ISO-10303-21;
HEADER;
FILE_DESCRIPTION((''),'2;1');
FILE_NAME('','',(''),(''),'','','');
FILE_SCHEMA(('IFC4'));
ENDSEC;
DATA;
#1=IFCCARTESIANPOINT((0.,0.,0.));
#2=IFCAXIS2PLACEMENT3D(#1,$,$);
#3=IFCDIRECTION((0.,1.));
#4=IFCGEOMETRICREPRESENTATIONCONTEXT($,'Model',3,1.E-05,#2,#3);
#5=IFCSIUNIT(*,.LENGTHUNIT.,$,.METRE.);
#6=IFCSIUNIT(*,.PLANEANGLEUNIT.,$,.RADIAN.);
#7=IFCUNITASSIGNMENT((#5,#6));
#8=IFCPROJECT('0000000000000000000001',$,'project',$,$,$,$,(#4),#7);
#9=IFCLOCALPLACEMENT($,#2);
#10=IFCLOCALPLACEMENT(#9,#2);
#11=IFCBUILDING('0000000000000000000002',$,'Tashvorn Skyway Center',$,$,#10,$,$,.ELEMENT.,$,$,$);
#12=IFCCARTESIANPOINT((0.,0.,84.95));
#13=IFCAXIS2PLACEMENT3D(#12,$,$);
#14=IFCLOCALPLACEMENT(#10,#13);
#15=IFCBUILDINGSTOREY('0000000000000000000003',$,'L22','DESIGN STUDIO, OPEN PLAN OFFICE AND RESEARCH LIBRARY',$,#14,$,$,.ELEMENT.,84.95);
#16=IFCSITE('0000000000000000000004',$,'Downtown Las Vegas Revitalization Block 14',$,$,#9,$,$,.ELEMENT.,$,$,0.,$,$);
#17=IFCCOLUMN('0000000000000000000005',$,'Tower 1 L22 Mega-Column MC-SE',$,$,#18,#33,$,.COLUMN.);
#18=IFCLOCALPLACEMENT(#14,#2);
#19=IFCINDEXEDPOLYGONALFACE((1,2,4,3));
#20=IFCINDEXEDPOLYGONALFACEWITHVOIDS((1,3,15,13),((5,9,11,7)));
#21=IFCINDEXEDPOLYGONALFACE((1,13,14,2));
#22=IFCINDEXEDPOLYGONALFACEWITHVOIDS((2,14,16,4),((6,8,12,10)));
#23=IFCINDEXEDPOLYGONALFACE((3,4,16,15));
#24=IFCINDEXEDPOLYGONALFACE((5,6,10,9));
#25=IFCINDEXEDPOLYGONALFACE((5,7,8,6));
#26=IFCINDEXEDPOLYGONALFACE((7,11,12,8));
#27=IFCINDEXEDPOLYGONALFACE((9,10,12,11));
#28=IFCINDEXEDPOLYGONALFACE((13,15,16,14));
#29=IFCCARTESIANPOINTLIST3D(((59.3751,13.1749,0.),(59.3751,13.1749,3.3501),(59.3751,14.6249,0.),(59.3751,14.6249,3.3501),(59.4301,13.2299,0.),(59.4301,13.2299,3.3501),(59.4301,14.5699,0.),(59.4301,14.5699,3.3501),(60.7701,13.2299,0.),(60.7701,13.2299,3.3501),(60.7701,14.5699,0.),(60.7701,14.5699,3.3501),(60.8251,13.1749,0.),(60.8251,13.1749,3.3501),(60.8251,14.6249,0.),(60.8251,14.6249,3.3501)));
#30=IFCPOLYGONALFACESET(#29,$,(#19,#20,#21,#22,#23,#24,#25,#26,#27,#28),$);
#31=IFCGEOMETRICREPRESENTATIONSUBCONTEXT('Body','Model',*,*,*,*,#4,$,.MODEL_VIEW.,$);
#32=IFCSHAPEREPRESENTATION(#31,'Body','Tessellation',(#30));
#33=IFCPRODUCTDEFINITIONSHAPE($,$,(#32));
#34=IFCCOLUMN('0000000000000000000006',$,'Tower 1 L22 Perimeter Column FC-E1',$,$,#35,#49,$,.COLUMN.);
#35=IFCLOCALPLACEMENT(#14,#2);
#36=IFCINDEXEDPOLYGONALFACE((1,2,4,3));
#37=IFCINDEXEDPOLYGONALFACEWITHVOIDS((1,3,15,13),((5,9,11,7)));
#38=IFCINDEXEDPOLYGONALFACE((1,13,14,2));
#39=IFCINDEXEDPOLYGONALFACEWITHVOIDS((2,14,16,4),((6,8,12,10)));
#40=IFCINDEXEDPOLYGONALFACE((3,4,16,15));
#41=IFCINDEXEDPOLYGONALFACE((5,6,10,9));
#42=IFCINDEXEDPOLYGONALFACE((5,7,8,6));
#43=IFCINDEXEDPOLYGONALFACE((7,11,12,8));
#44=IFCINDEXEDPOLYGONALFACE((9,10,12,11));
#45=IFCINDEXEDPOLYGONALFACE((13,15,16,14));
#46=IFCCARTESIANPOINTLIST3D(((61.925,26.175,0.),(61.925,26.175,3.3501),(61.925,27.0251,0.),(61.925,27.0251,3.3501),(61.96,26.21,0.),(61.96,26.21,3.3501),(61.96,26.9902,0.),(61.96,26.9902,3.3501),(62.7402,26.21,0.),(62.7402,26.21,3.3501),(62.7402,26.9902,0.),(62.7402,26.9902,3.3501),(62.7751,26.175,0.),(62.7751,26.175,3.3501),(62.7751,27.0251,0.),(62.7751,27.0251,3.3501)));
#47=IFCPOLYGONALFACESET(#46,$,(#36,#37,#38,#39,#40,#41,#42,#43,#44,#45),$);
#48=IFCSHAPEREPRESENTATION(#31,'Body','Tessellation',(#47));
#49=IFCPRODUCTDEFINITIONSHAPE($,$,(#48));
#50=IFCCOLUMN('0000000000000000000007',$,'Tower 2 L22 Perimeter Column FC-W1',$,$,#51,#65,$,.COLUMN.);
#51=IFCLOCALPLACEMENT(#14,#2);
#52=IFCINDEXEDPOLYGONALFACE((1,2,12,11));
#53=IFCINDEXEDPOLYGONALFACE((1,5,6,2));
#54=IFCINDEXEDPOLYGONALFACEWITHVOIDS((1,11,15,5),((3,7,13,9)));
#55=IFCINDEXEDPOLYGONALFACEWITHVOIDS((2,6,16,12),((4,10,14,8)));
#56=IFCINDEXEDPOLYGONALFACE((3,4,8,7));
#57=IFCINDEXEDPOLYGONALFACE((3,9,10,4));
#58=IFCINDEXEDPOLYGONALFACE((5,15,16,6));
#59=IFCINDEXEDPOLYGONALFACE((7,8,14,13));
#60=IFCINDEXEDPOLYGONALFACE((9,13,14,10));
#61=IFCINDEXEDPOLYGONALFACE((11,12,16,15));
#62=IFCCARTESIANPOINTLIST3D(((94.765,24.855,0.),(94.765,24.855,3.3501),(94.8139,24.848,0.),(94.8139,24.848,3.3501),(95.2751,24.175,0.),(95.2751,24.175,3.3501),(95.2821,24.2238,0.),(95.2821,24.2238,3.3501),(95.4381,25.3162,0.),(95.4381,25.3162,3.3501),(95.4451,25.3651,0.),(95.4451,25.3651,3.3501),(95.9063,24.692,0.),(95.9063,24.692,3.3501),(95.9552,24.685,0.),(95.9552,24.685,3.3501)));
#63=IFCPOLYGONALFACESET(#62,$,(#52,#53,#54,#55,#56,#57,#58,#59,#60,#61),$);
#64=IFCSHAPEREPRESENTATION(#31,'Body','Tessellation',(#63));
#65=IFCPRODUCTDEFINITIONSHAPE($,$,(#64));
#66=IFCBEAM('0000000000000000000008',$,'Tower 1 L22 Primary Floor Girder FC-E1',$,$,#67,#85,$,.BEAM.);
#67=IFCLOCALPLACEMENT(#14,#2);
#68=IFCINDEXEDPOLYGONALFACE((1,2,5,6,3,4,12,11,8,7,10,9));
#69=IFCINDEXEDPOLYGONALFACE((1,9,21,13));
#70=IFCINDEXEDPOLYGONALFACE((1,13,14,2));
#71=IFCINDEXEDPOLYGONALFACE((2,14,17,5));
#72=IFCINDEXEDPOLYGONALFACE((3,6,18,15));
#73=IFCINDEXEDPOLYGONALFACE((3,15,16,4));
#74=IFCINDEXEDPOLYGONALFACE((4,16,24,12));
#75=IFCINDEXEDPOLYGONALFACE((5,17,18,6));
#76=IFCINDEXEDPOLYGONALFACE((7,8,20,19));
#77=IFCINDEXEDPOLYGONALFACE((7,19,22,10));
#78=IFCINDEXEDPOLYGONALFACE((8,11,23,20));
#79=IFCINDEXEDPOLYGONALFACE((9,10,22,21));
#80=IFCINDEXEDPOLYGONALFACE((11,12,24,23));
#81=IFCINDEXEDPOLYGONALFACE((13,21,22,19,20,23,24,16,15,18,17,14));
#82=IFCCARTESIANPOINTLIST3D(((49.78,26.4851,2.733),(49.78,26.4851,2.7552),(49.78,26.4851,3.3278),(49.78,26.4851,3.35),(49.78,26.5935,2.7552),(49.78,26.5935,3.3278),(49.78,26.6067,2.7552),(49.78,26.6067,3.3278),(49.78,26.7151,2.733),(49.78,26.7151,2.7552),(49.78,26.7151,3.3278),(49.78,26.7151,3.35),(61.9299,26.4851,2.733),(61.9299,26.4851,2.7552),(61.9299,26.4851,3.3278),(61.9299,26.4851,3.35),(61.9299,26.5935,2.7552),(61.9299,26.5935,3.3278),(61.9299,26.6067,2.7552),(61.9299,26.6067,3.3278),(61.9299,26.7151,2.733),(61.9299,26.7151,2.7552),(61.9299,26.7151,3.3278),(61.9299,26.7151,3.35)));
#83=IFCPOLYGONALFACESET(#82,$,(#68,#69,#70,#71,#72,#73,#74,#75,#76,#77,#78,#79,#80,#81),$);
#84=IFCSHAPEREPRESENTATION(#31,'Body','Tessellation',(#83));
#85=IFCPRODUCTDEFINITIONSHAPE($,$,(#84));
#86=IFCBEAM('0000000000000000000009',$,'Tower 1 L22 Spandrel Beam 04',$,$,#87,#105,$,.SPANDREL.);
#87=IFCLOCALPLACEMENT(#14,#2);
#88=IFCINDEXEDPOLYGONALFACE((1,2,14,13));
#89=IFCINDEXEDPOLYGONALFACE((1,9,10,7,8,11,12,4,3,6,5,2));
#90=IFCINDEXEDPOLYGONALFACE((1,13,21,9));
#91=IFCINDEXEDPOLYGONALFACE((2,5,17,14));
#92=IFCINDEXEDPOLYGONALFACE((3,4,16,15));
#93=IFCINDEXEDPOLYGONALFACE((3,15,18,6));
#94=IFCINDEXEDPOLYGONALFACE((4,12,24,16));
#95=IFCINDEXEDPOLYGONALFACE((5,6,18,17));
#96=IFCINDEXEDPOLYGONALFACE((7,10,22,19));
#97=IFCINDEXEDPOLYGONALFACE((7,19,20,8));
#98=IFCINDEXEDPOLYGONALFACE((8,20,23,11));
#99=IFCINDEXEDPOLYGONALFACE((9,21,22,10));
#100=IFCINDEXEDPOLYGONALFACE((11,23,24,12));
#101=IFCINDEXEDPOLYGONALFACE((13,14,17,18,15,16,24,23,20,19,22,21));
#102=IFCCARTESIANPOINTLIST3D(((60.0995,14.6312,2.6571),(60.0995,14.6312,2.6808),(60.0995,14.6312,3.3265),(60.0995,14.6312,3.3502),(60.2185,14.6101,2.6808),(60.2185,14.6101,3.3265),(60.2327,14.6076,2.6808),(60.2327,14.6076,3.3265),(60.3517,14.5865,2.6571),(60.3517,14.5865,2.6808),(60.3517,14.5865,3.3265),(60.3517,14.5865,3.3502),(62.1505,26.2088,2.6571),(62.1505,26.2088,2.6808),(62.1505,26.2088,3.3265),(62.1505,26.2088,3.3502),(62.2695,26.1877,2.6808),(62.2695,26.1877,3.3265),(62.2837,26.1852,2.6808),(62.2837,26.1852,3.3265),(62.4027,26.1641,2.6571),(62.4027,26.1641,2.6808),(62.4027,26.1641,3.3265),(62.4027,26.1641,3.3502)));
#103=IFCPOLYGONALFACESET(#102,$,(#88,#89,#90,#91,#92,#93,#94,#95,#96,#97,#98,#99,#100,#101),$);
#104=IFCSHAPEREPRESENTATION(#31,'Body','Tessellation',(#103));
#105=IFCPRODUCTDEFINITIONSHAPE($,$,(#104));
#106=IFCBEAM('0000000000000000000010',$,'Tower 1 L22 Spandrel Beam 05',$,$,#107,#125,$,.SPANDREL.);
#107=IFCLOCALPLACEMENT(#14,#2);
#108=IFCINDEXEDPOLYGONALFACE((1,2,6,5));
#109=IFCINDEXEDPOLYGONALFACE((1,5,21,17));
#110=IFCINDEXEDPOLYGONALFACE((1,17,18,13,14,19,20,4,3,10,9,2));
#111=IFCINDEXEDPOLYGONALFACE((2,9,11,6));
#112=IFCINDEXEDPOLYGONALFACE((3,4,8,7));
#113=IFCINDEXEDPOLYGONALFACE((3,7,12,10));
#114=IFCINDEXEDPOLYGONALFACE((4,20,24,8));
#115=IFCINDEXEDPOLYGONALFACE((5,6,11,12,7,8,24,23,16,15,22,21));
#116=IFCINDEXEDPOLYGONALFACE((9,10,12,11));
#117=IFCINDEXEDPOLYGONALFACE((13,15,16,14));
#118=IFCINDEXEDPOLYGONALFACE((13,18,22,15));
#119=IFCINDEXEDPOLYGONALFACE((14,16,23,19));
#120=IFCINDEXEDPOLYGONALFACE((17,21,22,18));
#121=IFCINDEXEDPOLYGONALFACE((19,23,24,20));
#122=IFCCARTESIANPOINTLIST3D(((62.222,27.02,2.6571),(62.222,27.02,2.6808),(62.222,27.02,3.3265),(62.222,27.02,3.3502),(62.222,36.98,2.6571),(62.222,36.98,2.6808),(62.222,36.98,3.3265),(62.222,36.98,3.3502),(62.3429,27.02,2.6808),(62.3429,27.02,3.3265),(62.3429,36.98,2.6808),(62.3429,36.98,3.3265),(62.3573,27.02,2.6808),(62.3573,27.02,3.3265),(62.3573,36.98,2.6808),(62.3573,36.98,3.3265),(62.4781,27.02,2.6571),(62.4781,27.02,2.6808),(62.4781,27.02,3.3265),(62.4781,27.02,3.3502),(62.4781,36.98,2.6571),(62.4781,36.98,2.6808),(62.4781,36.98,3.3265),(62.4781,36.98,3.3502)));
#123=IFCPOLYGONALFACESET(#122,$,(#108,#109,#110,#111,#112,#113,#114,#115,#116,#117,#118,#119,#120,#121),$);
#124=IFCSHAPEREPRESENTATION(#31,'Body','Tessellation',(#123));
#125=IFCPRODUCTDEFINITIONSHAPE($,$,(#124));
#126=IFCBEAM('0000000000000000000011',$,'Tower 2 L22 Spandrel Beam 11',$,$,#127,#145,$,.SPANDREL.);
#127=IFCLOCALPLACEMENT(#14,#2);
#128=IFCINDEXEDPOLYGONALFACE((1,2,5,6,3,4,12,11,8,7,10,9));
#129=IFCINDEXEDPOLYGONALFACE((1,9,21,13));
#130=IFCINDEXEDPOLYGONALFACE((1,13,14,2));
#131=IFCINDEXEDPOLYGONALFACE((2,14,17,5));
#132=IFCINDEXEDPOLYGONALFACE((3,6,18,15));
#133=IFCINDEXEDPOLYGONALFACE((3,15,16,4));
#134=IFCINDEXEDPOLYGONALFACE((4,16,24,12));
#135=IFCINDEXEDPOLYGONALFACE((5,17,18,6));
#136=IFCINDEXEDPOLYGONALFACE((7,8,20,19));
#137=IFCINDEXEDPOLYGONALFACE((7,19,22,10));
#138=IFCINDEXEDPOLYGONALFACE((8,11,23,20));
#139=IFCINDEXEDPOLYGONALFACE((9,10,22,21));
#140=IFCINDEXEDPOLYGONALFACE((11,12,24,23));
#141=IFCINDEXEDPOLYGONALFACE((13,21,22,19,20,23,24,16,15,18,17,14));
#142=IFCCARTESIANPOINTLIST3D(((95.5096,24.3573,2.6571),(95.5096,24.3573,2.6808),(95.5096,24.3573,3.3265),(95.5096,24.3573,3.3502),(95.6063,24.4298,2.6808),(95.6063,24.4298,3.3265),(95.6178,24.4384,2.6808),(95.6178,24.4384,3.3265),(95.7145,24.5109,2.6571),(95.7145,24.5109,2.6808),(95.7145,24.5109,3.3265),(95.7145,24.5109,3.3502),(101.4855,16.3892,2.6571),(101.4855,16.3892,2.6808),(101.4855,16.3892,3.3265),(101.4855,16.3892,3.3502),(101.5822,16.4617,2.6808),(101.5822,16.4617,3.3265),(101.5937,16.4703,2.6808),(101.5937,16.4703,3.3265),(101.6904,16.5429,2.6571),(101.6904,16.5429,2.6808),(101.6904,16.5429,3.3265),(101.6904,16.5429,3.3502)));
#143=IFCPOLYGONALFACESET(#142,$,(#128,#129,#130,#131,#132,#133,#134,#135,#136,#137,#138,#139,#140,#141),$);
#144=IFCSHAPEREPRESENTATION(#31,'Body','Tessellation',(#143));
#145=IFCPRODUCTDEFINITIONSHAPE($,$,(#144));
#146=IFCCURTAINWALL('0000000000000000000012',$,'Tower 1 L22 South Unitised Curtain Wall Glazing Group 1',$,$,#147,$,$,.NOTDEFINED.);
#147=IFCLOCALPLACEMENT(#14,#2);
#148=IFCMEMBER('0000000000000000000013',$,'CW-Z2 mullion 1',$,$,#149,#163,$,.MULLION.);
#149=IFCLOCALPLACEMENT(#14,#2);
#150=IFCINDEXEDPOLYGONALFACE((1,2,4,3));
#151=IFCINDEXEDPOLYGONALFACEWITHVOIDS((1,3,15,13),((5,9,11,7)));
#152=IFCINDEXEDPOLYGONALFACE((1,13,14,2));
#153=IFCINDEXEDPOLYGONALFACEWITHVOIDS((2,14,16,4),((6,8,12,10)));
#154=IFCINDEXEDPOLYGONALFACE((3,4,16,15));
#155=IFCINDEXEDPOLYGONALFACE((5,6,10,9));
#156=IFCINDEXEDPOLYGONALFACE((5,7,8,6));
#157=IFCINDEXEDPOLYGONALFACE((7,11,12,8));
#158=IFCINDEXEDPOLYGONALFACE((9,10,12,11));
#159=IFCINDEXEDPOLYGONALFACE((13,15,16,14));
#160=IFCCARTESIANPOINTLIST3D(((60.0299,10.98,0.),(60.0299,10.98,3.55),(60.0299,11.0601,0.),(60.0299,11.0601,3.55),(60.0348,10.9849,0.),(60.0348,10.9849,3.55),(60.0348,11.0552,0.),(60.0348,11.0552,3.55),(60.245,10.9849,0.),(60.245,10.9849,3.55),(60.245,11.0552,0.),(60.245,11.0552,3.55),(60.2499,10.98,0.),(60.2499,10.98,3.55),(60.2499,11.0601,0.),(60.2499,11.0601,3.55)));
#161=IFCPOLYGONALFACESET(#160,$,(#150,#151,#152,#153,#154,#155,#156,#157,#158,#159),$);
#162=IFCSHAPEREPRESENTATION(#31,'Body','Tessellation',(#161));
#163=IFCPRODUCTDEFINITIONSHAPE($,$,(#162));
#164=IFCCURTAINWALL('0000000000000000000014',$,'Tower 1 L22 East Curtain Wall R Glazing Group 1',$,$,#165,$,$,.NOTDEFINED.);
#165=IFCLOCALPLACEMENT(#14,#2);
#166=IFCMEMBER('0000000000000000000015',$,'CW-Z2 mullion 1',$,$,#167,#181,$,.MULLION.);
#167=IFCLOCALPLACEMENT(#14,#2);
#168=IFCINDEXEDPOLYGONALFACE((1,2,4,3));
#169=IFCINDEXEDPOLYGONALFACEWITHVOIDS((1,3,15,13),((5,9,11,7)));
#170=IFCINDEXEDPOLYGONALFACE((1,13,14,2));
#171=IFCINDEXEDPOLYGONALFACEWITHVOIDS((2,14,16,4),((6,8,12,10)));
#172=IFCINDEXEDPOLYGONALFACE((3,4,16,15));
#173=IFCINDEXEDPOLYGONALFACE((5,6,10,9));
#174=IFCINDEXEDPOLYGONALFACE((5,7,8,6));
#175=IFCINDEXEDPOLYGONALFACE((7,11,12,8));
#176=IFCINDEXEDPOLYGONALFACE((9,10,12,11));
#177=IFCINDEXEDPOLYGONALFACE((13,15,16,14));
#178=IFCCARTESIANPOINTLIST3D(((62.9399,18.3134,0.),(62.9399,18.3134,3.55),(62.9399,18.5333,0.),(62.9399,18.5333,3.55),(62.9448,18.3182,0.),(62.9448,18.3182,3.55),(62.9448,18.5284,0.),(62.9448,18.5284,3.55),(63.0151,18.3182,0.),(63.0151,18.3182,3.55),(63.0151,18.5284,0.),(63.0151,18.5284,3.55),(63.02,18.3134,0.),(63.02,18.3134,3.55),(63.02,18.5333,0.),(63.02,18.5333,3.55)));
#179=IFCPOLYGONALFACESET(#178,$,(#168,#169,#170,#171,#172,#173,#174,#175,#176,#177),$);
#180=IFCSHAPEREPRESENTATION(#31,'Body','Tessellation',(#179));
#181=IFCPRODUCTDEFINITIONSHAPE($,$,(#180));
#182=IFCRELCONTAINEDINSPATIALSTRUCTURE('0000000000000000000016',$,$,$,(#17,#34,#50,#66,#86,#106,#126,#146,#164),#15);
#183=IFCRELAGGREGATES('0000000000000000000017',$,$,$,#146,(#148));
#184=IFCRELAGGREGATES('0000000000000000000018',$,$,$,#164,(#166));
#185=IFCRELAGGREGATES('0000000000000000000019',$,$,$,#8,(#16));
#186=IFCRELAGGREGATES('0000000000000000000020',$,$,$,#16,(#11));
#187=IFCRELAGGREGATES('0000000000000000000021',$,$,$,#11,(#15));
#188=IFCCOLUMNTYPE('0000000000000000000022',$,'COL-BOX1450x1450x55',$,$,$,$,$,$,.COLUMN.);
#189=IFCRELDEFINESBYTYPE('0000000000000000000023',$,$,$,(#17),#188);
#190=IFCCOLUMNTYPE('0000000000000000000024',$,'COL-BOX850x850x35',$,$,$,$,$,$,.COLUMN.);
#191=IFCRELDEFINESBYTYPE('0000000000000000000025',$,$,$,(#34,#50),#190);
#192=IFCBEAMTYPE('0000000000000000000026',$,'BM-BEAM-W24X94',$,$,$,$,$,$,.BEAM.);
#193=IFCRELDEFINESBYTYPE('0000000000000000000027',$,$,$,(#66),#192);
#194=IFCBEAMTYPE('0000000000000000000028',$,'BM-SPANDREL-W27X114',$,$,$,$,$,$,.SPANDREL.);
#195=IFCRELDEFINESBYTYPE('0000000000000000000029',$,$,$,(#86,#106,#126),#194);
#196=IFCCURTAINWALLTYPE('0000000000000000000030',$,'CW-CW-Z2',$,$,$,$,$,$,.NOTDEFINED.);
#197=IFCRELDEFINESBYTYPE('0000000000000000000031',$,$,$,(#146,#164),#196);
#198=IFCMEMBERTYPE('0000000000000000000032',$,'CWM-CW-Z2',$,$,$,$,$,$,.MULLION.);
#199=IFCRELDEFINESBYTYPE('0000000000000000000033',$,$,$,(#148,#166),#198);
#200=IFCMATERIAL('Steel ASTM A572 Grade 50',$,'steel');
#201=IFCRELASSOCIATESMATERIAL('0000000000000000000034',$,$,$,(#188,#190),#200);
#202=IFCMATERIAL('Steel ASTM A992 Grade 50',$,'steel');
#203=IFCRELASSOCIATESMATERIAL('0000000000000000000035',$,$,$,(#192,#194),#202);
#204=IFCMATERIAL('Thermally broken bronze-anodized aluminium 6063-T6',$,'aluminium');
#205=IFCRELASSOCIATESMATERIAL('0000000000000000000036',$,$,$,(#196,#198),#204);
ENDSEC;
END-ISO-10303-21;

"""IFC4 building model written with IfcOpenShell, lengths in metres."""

from ifc_helpers import new_model, si_unit, direction, frame, origin, origin_2d, place, context, subcontext, project, spatial, hollow_rectangle, i_section, extrude, material, material_profile, profile_set, type_object, element, aggregate, save


model = new_model("IFC4")

# Units and contexts
model_context = context("Model", 3, precision=1e-05, world=origin(), true_north=direction((0.0, 1.0)))
body_context = subcontext(model_context, "Body", "Model", "MODEL_VIEW")
ifc_project = project(units=[si_unit("LENGTHUNIT", "METRE"), si_unit("PLANEANGLEUNIT", "RADIAN")], contexts=[model_context])

# Site, building, storey
site_placement = place(None, origin())
site = spatial("IfcSite", under=ifc_project, at=site_placement, Name="Downtown Las Vegas Revitalization Block 14", CompositionType="ELEMENT", RefElevation=0.0)
building_placement = place(site_placement, origin())
building = spatial("IfcBuilding", under=site, at=building_placement, Name="Tashvorn Skyway Center", CompositionType="ELEMENT")
storey_placement = place(building_placement, frame((0.0, 0.0, 84.95)))
storey = spatial("IfcBuildingStorey", under=building, at=storey_placement, Name="L22", Description="DESIGN STUDIO, OPEN PLAN OFFICE AND RESEARCH LIBRARY", CompositionType="ELEMENT", Elevation=84.95)

# Columns
ifc_material_1 = material(Name="Steel ASTM A572 Grade 50", Category="steel")
ifc_material_profile_1 = material_profile(ifc_material_1, hollow_rectangle(XDim=1.45, YDim=1.45, WallThickness=0.0549, at=origin_2d()), Name="BOX1450x1450x55")
ifc_profile_set_1 = profile_set([ifc_material_profile_1], Name="Steel ASTM A572 Grade 50")
column_type_1 = type_object("IfcColumnType", Name="COL-BOX1450x1450x55", PredefinedType="COLUMN", material=ifc_profile_set_1)
column_placement = place(storey_placement, frame((60.1001, 13.8999, 0.0), z_axis=(0.0, 0.0, 1.0), x_axis=(1.0, 0.0, 0.0)))
element("IfcColumn", 1, at=column_placement, inside=storey, type_object=column_type_1, Name="Tower 1 L22 Mega-Column MC-SE", PredefinedType="COLUMN", context=body_context, shape_type="SweptSolid", body=[
    extrude(hollow_rectangle(XDim=1.45, YDim=1.45, WallThickness=0.0549, at=origin_2d()), origin(), (0.0, 0.0, 1.0), 3.3501),
])
ifc_material_profile_2 = material_profile(ifc_material_1, hollow_rectangle(XDim=0.8501, YDim=0.8501, WallThickness=0.0349, at=origin_2d()), Name="BOX850x850x35")
ifc_profile_set_2 = profile_set([ifc_material_profile_2], Name="Steel ASTM A572 Grade 50")
column_type_2 = type_object("IfcColumnType", Name="COL-BOX850x850x35", PredefinedType="COLUMN", material=ifc_profile_set_2)
for number, where, z_axis, x_axis, name in (
    (2, (62.3501, 26.6001, 0.0), (0.0, 0.0, 1.0), (1.0, 0.0, 0.0), "Tower 1 L22 Perimeter Column FC-E1"),
    (3, (95.3601, 24.77, 0.0), (0.0, 0.0, 1.0), (0.8, 0.6, 0.0), "Tower 2 L22 Perimeter Column FC-W1"),
):
    element("IfcColumn", number, at=place(storey_placement, frame(where, z_axis=z_axis, x_axis=x_axis)), inside=storey, type_object=column_type_2, Name=name, PredefinedType="COLUMN", context=body_context, shape_type="SweptSolid", body=[
        extrude(hollow_rectangle(XDim=0.8501, YDim=0.8501, WallThickness=0.0349, at=origin_2d()), origin(), (0.0, 0.0, 1.0), 3.3501),
    ])

# Beams
ifc_material_2 = material(Name="Steel ASTM A992 Grade 50", Category="steel")
ifc_material_profile_3 = material_profile(ifc_material_2, i_section(OverallWidth=0.23, OverallDepth=0.6169, WebThickness=0.0132, FlangeThickness=0.0222, at=origin_2d()), Name="W24X94")
ifc_profile_set_3 = profile_set([ifc_material_profile_3], Name="Steel ASTM A992 Grade 50")
beam_type_1 = type_object("IfcBeamType", Name="BM-BEAM-W24X94", PredefinedType="BEAM", material=ifc_profile_set_3)
beam_1_placement = place(storey_placement, frame((61.9299, 26.6001, 3.0415), z_axis=(-1.0, 0.0, 0.0), x_axis=(0.0, -1.0, 0.0)))
element("IfcBeam", 4, at=beam_1_placement, inside=storey, type_object=beam_type_1, Name="Tower 1 L22 Primary Floor Girder FC-E1", PredefinedType="BEAM", context=body_context, shape_type="SweptSolid", body=[
    extrude(i_section(OverallWidth=0.23, OverallDepth=0.6169, WebThickness=0.0132, FlangeThickness=0.0222, at=origin_2d()), origin(), (0.0, 0.0, 1.0), 12.1499),
])
ifc_material_profile_4 = material_profile(ifc_material_2, i_section(OverallWidth=0.2561, OverallDepth=0.6931, WebThickness=0.0144, FlangeThickness=0.0237, at=origin_2d()), Name="W27X114")
ifc_profile_set_4 = profile_set([ifc_material_profile_4], Name="Steel ASTM A992 Grade 50")
beam_type_2 = type_object("IfcBeamType", Name="BM-SPANDREL-W27X114", PredefinedType="SPANDREL", material=ifc_profile_set_4)
beam_2_placement = place(storey_placement, frame((60.2256, 14.6089, 3.0037), z_axis=(0.174438, 0.984668, 0.0), x_axis=(-0.984668, 0.174438, 0.0)))
element("IfcBeam", 5, at=beam_2_placement, inside=storey, type_object=beam_type_2, Name="Tower 1 L22 Spandrel Beam 04", PredefinedType="SPANDREL", context=body_context, shape_type="SweptSolid", body=[
    extrude(i_section(OverallWidth=0.2561, OverallDepth=0.6931, WebThickness=0.0144, FlangeThickness=0.0237, at=origin_2d()), origin(), (0.0, 0.0, 1.0), 11.7578),
])
for number, where, z_axis, x_axis, name in (
    (6, (62.3501, 27.02, 3.0037), (0.0, 1.0, 0.0), (-1.0, 0.0, 0.0), "Tower 1 L22 Spandrel Beam 05"),
    (7, (95.6121, 24.4341, 3.0037), (0.599988, -0.800009, 0.0), (0.800009, 0.599988, 0.0), "Tower 2 L22 Spandrel Beam 11"),
):
    element("IfcBeam", number, at=place(storey_placement, frame(where, z_axis=z_axis, x_axis=x_axis)), inside=storey, type_object=beam_type_2, Name=name, PredefinedType="SPANDREL", context=body_context, shape_type="SweptSolid", body=[
        extrude(i_section(OverallWidth=0.2561, OverallDepth=0.6931, WebThickness=0.0144, FlangeThickness=0.0237, at=origin_2d()), origin(), (0.0, 0.0, 1.0), 9.96),
    ])

# Curtain wall, member
ifc_material_3 = material(Name="Thermally broken bronze-anodized aluminium 6063-T6", Category="aluminium")
curtain_wall_type = type_object("IfcCurtainWallType", Name="CW-CW-Z2", PredefinedType="NOTDEFINED", material=ifc_material_3)
curtain_wall_1_placement = place(storey_placement, origin())
curtain_wall_1 = element("IfcCurtainWall", 8, at=curtain_wall_1_placement, inside=storey, type_object=curtain_wall_type, Name="Tower 1 L22 South Unitised Curtain Wall Glazing Group 1", PredefinedType="NOTDEFINED")
ifc_material_profile_5 = material_profile(ifc_material_3, hollow_rectangle(XDim=0.0801, YDim=0.22, WallThickness=0.0049, at=origin_2d()), Name="ALU-MULL-80x220")
ifc_profile_set_5 = profile_set([ifc_material_profile_5], Name="Thermally broken bronze-anodized aluminium 6063-T6")
member_type_1 = type_object("IfcMemberType", Name="CWM-CW-Z2", PredefinedType="MULLION", material=ifc_profile_set_5)
member_1_placement = place(storey_placement, frame((60.1399, 11.02, 0.0), z_axis=(0.0, 0.0, 1.0), x_axis=(0.0, -1.0, 0.0)))
member_1 = element("IfcMember", 9, at=member_1_placement, type_object=member_type_1, Name="CW-Z2 mullion 1", PredefinedType="MULLION", context=body_context, shape_type="SweptSolid", body=[
    extrude(hollow_rectangle(XDim=0.0801, YDim=0.22, WallThickness=0.0049, at=origin_2d()), origin(), (0.0, 0.0, 1.0), 3.55),
])

# Curtain wall, member
curtain_wall_2_placement = place(storey_placement, origin())
curtain_wall_2 = element("IfcCurtainWall", 10, at=curtain_wall_2_placement, inside=storey, type_object=curtain_wall_type, Name="Tower 1 L22 East Curtain Wall R Glazing Group 1", PredefinedType="NOTDEFINED")
member_2_placement = place(storey_placement, frame((62.98, 18.4233, 0.0), z_axis=(0.0, 0.0, 1.0), x_axis=(1.0, 0.0, 0.0)))
member_2 = element("IfcMember", 11, at=member_2_placement, type_object=member_type_1, Name="CW-Z2 mullion 1", PredefinedType="MULLION", context=body_context, shape_type="SweptSolid", body=[
    extrude(hollow_rectangle(XDim=0.0801, YDim=0.22, WallThickness=0.0049, at=origin_2d()), origin(), (0.0, 0.0, 1.0), 3.55),
])

aggregate(curtain_wall_1, [member_1])

aggregate(curtain_wall_2, [member_2])

save(model, "model.ifc")
